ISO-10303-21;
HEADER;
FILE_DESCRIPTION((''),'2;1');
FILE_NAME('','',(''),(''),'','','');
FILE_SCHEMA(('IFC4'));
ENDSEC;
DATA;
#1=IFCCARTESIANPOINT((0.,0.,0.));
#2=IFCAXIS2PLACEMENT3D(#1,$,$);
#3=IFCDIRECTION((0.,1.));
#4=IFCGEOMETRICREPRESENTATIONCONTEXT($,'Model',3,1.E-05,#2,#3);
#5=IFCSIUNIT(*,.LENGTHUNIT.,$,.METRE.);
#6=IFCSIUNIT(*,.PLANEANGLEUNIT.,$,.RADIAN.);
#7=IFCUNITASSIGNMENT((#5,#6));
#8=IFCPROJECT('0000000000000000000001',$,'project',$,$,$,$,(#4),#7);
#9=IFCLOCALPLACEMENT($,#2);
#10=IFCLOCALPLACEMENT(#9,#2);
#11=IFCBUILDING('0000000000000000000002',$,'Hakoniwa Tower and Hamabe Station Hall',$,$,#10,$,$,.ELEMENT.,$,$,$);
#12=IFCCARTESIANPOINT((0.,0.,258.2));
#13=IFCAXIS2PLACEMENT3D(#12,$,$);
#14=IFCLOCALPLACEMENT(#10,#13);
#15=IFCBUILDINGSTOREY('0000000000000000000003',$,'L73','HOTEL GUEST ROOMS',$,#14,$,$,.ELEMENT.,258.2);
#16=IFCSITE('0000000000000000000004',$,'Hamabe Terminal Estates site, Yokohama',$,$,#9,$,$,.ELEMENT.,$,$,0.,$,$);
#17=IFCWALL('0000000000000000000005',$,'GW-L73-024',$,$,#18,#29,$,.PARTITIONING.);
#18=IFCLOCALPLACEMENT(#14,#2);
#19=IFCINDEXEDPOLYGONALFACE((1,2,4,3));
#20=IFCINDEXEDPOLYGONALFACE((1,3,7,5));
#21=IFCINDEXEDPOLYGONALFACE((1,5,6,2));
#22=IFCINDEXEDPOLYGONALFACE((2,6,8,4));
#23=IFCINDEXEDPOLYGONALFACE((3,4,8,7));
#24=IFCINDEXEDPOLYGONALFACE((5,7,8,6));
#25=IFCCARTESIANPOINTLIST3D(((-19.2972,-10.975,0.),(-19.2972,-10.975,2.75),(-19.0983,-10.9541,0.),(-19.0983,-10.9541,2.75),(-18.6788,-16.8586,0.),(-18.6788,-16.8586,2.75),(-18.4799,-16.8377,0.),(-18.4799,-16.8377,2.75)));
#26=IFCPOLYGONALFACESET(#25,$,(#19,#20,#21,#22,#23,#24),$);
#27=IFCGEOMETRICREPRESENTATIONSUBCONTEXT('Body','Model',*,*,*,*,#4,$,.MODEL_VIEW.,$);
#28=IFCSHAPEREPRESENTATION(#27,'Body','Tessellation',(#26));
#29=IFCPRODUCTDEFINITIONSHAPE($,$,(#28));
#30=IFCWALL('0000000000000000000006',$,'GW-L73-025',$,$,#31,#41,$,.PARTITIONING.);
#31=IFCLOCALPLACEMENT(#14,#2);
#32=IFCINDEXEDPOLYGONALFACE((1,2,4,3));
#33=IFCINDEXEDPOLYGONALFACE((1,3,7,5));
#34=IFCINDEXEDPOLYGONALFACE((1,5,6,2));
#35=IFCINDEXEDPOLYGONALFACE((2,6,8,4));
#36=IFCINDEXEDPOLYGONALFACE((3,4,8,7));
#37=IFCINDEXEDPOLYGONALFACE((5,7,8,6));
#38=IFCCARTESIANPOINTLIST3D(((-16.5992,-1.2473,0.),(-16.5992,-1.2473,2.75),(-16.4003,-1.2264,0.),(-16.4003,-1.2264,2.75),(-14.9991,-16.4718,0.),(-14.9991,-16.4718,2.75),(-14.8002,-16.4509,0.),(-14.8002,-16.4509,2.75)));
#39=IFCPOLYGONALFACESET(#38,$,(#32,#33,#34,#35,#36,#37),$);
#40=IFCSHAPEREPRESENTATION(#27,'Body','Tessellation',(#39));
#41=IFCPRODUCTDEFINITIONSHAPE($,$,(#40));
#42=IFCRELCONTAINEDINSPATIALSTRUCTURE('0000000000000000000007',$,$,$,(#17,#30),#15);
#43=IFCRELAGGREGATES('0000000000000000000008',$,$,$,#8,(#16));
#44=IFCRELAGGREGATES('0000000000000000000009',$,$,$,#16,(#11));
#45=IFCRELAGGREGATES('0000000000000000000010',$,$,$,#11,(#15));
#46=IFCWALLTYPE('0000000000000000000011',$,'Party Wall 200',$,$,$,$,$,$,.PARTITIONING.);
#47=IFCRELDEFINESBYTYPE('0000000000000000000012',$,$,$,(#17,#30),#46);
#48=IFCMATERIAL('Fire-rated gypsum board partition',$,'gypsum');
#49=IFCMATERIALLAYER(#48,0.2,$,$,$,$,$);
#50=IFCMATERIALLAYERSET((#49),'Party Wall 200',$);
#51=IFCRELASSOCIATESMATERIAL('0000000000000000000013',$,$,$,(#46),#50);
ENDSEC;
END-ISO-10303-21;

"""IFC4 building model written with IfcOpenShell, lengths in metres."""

from ifc_helpers import new_model, si_unit, direction, frame, frame_2d, origin, place, context, subcontext, project, spatial, rectangle, extrude, material, layer, layer_set, type_object, element, save


model = new_model("IFC4")

# Units and contexts
model_context = context("Model", 3, precision=1e-05, world=origin(), true_north=direction((0.0, 1.0)))
body_context = subcontext(model_context, "Body", "Model", "MODEL_VIEW")
ifc_project = project(units=[si_unit("LENGTHUNIT", "METRE"), si_unit("PLANEANGLEUNIT", "RADIAN")], contexts=[model_context])

# Site, building, storey
site_placement = place(None, origin())
site = spatial("IfcSite", under=ifc_project, at=site_placement, Name="Hamabe Terminal Estates site, Yokohama", CompositionType="ELEMENT", RefElevation=0.0)
building_placement = place(site_placement, origin())
building = spatial("IfcBuilding", under=site, at=building_placement, Name="Hakoniwa Tower and Hamabe Station Hall", CompositionType="ELEMENT")
storey_placement = place(building_placement, frame((0.0, 0.0, 258.2)))
storey = spatial("IfcBuildingStorey", under=building, at=storey_placement, Name="L73", Description="HOTEL GUEST ROOMS", CompositionType="ELEMENT", Elevation=258.2)

# Walls
ifc_material_1 = material(Name="Fire-rated gypsum board partition", Category="gypsum")
ifc_layer_1 = layer(ifc_material_1, 0.2)
ifc_layer_set_1 = layer_set([ifc_layer_1], Name="Party Wall 200")
wall_type_1 = type_object("IfcWallType", Name="Party Wall 200", PredefinedType="PARTITIONING", material=ifc_layer_set_1)
wall_1_placement = place(storey_placement, frame((-18.5793, -16.8481, 0.0), z_axis=(0.0, 0.0, 1.0), x_axis=(-0.104532, 0.994521, 0.0)))
element("IfcWall", 1, at=wall_1_placement, inside=storey, type_object=wall_type_1, Name="GW-L73-024", PredefinedType="PARTITIONING", context=body_context, shape_type="SweptSolid", body=[
    extrude(rectangle(XDim=5.916, YDim=0.2, at=frame_2d((2.958, 0.0))), origin(), (0.0, 0.0, 1.0), 2.75),
])
wall_2_placement = place(storey_placement, frame((-14.8997, -16.4614, 0.0), z_axis=(0.0, 0.0, 1.0), x_axis=(-0.104524, 0.994522, 0.0)))
element("IfcWall", 2, at=wall_2_placement, inside=storey, type_object=wall_type_1, Name="GW-L73-025", PredefinedType="PARTITIONING", context=body_context, shape_type="SweptSolid", body=[
    extrude(rectangle(XDim=15.3083, YDim=0.2, at=frame_2d((7.6543, 0.0))), origin(), (0.0, 0.0, 1.0), 2.75),
])

save(model, "model.ifc")
